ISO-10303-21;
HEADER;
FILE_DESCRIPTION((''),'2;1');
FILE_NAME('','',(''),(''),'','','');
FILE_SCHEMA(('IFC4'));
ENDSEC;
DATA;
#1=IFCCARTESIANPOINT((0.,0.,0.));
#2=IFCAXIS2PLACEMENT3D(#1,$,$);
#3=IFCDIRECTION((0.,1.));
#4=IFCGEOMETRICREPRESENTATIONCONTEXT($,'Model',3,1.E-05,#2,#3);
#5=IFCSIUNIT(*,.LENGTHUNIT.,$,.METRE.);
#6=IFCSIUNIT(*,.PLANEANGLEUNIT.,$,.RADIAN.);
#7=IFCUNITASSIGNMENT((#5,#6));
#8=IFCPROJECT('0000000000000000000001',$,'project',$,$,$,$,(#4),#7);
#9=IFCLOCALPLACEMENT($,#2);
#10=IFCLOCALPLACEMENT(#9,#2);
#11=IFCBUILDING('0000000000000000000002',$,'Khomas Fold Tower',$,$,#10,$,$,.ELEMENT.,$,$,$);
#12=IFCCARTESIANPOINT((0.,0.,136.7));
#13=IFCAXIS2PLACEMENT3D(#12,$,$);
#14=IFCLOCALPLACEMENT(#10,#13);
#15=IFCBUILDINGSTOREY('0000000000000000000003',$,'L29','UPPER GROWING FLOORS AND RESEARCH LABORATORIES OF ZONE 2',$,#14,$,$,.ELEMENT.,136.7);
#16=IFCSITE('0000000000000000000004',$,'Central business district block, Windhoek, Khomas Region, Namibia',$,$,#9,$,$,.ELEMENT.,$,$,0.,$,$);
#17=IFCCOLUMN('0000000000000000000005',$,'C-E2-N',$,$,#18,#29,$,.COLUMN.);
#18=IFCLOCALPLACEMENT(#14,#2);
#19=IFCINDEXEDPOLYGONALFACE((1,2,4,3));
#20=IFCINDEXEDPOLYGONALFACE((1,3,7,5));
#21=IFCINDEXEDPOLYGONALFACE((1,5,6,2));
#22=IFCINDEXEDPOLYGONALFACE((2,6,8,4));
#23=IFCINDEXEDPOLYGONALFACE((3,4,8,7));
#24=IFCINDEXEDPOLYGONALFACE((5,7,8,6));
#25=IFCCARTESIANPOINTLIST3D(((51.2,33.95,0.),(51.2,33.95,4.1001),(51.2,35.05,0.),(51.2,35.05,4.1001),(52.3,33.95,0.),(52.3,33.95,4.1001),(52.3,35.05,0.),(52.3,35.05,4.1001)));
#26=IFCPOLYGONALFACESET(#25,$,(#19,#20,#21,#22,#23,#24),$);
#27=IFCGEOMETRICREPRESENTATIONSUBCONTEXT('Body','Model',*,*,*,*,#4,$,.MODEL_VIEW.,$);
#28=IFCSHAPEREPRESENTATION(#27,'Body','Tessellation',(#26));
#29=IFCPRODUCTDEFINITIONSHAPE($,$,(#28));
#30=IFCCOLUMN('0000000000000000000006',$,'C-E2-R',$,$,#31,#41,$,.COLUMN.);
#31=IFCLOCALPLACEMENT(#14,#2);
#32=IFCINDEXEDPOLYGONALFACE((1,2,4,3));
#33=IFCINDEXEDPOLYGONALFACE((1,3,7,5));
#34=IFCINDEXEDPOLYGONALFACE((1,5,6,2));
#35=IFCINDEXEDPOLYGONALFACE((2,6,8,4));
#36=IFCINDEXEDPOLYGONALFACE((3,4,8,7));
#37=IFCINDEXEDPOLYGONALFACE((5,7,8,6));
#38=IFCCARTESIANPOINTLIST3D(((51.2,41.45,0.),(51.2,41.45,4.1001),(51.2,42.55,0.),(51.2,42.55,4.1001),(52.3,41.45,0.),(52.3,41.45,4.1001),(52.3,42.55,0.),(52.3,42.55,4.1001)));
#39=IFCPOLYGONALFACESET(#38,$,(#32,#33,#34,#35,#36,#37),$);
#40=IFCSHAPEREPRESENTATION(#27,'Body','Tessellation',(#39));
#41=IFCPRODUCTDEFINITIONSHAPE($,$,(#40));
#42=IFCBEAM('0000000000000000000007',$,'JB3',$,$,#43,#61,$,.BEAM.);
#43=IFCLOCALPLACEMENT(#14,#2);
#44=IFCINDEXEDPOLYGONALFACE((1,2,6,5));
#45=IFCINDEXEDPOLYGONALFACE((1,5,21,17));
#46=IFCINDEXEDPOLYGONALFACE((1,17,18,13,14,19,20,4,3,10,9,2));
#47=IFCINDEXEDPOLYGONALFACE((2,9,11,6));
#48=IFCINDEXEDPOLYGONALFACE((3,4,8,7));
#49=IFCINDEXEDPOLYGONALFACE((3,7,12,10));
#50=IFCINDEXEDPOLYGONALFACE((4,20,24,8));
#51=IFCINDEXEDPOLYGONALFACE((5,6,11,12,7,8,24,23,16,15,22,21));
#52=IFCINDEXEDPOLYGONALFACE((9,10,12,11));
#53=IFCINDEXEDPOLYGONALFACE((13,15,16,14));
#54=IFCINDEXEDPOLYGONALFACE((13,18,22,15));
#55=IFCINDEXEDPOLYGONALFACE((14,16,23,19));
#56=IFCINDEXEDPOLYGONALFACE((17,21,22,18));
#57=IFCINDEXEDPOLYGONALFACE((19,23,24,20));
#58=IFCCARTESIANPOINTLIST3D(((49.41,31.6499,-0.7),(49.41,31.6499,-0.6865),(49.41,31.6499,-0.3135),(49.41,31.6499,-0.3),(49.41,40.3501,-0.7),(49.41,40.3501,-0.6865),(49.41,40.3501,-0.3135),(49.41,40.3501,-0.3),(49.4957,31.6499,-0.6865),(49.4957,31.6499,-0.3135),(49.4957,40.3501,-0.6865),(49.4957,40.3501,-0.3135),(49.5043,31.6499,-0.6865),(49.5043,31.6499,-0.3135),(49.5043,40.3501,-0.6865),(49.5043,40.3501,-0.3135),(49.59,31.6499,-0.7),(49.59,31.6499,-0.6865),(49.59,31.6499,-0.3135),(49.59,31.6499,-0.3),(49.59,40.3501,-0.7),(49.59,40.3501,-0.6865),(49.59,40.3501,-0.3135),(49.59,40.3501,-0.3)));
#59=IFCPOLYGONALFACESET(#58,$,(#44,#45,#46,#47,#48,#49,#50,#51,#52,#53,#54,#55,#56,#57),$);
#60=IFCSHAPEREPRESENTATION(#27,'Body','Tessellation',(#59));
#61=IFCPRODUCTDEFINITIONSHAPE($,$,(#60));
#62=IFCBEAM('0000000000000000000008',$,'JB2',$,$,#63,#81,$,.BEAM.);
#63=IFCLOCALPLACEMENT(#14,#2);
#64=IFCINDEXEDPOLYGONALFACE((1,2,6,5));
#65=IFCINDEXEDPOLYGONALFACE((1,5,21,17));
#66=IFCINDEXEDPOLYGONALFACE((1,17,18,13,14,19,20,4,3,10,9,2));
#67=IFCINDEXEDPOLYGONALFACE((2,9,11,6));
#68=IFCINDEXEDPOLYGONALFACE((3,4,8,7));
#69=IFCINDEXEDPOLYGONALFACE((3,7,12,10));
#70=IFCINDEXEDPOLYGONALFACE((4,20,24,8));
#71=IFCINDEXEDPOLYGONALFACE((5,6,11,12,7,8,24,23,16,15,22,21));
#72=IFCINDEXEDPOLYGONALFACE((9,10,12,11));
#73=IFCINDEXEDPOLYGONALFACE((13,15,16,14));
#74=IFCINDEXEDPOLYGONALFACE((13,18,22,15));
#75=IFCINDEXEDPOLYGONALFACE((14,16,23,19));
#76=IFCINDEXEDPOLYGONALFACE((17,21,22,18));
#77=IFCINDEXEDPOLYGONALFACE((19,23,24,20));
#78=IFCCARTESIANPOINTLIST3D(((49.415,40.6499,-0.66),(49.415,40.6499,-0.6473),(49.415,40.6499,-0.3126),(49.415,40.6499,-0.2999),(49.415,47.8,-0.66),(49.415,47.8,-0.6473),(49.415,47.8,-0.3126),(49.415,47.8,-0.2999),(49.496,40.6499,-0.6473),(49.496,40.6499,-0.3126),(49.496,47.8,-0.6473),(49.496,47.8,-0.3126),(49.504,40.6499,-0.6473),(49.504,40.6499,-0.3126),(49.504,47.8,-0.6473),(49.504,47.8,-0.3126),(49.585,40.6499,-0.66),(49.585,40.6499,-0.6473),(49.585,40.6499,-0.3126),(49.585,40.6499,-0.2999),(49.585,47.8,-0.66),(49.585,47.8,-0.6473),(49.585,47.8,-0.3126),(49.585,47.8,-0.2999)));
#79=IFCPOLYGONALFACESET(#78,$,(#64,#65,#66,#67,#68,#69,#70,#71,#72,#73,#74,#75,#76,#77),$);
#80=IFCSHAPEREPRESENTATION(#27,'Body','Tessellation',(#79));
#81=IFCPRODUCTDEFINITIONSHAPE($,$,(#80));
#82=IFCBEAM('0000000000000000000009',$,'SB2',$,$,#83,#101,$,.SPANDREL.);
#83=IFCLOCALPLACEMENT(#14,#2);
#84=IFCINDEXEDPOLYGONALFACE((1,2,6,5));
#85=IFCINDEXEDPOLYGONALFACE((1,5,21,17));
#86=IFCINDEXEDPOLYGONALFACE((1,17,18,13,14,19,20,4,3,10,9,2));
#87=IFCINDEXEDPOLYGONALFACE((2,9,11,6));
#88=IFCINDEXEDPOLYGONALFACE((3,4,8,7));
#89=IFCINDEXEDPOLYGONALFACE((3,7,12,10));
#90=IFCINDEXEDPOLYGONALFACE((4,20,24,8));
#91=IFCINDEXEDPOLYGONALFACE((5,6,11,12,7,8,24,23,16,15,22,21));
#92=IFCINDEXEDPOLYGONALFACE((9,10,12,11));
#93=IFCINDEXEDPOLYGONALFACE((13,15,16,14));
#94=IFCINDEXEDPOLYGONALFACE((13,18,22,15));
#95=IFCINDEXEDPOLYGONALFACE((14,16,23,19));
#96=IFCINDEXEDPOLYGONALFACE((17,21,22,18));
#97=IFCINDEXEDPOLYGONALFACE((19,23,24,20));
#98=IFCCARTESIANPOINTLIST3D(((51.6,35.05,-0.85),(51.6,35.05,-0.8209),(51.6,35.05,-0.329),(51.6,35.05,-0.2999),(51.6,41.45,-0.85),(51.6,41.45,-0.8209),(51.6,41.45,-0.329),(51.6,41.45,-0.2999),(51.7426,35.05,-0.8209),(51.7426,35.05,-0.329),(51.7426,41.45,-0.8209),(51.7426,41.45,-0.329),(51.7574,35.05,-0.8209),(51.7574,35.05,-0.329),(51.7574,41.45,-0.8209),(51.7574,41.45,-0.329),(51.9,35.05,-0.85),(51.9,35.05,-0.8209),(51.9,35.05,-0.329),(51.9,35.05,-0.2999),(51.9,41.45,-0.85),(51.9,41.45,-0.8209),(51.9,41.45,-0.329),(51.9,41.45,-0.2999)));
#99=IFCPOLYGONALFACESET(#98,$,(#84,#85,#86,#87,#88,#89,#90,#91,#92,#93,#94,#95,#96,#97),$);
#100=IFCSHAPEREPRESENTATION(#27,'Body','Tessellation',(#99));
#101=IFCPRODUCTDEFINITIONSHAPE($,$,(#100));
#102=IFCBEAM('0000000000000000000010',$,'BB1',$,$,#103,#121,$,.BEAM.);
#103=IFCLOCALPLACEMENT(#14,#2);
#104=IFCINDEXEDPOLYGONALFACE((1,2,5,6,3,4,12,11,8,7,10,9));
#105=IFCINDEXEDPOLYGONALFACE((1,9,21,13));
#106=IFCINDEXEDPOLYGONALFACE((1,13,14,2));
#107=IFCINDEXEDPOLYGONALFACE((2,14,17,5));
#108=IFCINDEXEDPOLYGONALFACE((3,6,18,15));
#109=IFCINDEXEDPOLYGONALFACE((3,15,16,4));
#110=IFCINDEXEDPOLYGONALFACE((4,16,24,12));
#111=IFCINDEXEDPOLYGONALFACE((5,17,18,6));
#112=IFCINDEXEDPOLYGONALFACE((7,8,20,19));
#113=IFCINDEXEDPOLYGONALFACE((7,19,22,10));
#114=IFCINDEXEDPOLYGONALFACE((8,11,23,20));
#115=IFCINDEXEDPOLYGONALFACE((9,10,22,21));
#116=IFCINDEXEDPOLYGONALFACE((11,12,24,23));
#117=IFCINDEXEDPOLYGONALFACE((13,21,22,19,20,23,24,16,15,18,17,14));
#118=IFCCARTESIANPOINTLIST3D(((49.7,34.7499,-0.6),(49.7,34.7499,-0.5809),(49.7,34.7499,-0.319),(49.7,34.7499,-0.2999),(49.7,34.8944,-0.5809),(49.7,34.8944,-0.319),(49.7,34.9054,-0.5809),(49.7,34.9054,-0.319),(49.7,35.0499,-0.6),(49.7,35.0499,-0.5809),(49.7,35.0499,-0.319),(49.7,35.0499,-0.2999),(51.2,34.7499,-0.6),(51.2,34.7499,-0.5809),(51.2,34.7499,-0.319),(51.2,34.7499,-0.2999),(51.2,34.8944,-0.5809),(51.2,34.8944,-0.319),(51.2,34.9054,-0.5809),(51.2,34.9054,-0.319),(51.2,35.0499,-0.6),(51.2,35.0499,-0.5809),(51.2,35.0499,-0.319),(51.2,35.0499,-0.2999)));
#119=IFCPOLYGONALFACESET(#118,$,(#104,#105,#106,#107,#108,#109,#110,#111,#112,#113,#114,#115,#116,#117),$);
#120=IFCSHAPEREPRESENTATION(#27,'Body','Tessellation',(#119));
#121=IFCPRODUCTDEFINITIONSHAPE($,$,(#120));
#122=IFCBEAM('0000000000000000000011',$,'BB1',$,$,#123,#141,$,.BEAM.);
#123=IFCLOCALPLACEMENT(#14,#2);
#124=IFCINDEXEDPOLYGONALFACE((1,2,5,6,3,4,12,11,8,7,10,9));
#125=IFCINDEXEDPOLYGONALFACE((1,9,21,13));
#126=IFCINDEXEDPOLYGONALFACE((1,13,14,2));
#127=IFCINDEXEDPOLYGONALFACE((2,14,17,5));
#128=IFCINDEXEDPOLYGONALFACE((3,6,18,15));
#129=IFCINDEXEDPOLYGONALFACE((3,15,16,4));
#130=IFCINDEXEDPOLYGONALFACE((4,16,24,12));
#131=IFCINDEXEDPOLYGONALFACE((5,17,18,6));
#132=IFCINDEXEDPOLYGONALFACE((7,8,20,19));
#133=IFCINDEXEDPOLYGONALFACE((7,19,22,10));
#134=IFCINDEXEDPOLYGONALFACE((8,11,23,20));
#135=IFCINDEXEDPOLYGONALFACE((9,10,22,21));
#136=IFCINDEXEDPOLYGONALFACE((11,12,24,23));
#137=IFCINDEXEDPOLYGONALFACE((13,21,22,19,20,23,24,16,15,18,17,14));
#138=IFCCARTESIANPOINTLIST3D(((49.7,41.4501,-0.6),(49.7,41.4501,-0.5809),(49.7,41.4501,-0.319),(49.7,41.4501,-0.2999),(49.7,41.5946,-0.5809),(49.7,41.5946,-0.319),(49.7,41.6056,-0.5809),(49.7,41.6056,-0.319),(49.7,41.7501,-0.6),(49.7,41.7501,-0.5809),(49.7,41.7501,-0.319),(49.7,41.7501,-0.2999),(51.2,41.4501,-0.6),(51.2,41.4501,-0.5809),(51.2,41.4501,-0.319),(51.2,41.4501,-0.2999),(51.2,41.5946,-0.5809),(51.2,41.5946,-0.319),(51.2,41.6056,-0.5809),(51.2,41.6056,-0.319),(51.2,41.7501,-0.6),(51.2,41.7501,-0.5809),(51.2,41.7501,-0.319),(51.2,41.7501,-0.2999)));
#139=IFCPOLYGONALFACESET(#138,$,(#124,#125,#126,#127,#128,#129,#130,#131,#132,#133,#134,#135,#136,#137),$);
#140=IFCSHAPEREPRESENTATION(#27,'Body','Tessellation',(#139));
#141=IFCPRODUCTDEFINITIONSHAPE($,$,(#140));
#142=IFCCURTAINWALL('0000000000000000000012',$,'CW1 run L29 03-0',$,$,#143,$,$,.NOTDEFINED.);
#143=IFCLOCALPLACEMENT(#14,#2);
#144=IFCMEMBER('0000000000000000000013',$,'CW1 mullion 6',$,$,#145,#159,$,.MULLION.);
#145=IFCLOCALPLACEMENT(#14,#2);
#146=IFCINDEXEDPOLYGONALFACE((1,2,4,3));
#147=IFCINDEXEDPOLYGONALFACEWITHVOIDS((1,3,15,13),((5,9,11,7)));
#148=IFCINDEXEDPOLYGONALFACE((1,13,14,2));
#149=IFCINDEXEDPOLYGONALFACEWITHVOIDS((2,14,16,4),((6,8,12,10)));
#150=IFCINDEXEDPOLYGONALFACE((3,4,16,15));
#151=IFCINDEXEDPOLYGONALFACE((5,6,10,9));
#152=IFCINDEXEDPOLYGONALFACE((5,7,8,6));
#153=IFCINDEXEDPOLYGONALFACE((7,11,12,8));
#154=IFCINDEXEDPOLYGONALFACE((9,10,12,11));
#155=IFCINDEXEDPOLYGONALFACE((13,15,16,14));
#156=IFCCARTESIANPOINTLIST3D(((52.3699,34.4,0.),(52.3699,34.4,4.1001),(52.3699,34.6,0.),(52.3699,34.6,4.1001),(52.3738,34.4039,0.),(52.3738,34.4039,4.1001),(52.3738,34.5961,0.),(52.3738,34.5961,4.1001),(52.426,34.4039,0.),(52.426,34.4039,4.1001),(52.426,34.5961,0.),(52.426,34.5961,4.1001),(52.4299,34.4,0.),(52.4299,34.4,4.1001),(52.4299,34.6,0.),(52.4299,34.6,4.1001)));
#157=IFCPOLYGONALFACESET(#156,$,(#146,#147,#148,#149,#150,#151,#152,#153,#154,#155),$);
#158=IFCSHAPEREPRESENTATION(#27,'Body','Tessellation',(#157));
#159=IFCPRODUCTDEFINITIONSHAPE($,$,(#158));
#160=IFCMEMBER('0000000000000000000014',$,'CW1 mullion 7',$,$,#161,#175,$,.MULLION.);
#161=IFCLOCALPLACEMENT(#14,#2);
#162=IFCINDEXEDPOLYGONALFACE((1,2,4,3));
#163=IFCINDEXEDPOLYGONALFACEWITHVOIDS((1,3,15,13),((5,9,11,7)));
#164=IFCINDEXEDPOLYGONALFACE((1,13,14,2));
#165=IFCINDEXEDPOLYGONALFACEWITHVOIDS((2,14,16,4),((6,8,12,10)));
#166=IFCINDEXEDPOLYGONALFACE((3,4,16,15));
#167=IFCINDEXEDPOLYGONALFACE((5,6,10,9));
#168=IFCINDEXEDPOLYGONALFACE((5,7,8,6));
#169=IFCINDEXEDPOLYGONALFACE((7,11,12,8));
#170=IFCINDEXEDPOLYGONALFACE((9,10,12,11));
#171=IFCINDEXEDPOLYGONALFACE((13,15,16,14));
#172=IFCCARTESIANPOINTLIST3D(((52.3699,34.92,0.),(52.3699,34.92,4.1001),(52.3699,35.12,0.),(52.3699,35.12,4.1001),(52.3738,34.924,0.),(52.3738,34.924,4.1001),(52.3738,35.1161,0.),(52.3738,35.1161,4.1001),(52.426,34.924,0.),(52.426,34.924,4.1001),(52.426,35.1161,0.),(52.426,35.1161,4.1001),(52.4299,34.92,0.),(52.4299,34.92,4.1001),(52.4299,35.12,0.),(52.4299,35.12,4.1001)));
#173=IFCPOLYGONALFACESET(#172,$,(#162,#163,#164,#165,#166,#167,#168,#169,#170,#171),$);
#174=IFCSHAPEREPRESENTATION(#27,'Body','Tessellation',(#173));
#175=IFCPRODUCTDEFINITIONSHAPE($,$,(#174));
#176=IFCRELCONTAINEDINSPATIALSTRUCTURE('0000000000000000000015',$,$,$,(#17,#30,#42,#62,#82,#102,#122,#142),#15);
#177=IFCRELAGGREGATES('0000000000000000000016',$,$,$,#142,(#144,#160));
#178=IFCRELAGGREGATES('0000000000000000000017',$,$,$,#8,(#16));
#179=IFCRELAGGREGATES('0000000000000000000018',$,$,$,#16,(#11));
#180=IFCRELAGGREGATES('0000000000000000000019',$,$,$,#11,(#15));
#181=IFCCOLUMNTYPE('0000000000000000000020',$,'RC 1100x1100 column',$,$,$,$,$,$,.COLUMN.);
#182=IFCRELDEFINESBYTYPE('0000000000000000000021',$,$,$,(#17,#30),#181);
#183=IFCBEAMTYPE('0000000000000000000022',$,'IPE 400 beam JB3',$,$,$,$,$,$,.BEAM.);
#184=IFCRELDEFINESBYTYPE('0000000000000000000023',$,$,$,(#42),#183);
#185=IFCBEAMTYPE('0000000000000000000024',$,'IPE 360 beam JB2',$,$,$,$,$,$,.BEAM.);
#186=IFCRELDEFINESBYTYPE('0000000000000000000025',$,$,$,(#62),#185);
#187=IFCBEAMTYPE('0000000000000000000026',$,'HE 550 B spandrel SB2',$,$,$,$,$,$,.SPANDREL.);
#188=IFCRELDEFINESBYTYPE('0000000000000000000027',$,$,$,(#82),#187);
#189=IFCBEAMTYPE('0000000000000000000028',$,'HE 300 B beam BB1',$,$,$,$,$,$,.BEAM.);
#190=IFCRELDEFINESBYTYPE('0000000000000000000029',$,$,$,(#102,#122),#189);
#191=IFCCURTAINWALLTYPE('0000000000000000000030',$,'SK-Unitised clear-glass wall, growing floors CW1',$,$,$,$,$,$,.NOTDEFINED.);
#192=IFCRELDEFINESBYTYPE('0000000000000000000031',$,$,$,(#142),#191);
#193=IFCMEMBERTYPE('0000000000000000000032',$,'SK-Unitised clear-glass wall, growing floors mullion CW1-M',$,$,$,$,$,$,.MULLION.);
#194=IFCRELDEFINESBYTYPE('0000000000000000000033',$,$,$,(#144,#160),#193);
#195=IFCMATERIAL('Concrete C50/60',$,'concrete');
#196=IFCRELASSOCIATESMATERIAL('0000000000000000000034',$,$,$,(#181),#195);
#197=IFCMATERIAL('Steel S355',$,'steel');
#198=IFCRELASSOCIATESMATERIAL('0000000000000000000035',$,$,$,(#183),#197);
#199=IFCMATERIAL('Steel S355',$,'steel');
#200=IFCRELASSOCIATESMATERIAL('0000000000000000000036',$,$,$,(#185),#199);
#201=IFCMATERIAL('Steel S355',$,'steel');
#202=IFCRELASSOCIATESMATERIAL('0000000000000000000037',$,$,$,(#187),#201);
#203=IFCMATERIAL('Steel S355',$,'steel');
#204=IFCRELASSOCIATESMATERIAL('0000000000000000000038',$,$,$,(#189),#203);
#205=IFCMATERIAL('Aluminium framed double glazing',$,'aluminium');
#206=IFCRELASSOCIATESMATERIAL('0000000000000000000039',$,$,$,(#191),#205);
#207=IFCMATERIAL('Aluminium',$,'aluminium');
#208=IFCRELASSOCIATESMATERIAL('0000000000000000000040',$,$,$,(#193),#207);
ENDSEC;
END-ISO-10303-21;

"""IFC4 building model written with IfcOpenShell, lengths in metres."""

from ifc_helpers import new_model, si_unit, direction, frame, origin, origin_2d, place, context, subcontext, project, spatial, rectangle, hollow_rectangle, i_section, extrude, source, transform, mapped, material, material_profile, profile_set, type_object, element, aggregate, save


model = new_model("IFC4")

# Units and contexts
model_context = context("Model", 3, precision=1e-05, world=origin(), true_north=direction((0.0, 1.0)))
body_context = subcontext(model_context, "Body", "Model", "MODEL_VIEW")
ifc_project = project(units=[si_unit("LENGTHUNIT", "METRE"), si_unit("PLANEANGLEUNIT", "RADIAN")], contexts=[model_context])

# Site, building, storey
site_placement = place(None, origin())
site = spatial("IfcSite", under=ifc_project, at=site_placement, Name="Central business district block, Windhoek, Khomas Region, Namibia", CompositionType="ELEMENT", RefElevation=0.0)
building_placement = place(site_placement, origin())
building = spatial("IfcBuilding", under=site, at=building_placement, Name="Khomas Fold Tower", CompositionType="ELEMENT")
storey_placement = place(building_placement, frame((0.0, 0.0, 136.7)))
storey = spatial("IfcBuildingStorey", under=building, at=storey_placement, Name="L29", Description="UPPER GROWING FLOORS AND RESEARCH LABORATORIES OF ZONE 2", CompositionType="ELEMENT", Elevation=136.7)

# Columns
ifc_material_1 = material(Name="Concrete C50/60", Category="concrete")
ifc_material_profile_1 = material_profile(ifc_material_1, rectangle(XDim=1.1001, YDim=1.1001, at=origin_2d()), Name="RC 1100x1100")
ifc_profile_set_1 = profile_set([ifc_material_profile_1], Name="Concrete C50/60")
column_type = type_object("IfcColumnType", Name="RC 1100x1100 column", PredefinedType="COLUMN", material=ifc_profile_set_1)
shared_shape_1 = source(origin(), body_context, "Body", "SweptSolid", [
    extrude(rectangle(XDim=1.1001, YDim=1.1001, at=origin_2d()), origin(), (0.0, 0.0, 1.0), 4.1001),
])
for number, where, z_axis, x_axis, name in (
    (1, (51.75, 34.5, 0.0), (0.0, 0.0, 1.0), (1.0, 0.0, 0.0), "C-E2-N"),
    (2, (51.75, 42.0, 0.0), (0.0, 0.0, 1.0), (1.0, 0.0, 0.0), "C-E2-R"),
):
    element("IfcColumn", number, at=place(storey_placement, frame(where, z_axis=z_axis, x_axis=x_axis)), inside=storey, type_object=column_type, Name=name, PredefinedType="COLUMN", context=body_context, shape_type="MappedRepresentation", body=[
        mapped(shared_shape_1, transform((0.0, 0.0, 0.0))),
    ])

# Beams
ifc_material_2 = material(Name="Steel S355", Category="steel")
ifc_material_profile_2 = material_profile(ifc_material_2, i_section(OverallWidth=0.1799, OverallDepth=0.3999, WebThickness=0.0085, FlangeThickness=0.0134, at=origin_2d()), Name="IPE 400")
ifc_profile_set_2 = profile_set([ifc_material_profile_2], Name="Steel S355")
beam_type_1 = type_object("IfcBeamType", Name="IPE 400 beam JB3", PredefinedType="BEAM", material=ifc_profile_set_2)
shared_shape_2 = source(origin(), body_context, "Body", "SweptSolid", [
    extrude(i_section(OverallWidth=0.1799, OverallDepth=0.3999, WebThickness=0.0085, FlangeThickness=0.0134, at=origin_2d()), origin(), (0.0, 0.0, 1.0), 8.7002),
])
beam_1_placement = place(storey_placement, frame((49.5, 31.6499, -0.5), z_axis=(0.0, 1.0, 0.0), x_axis=(-1.0, 0.0, 0.0)))
element("IfcBeam", 3, at=beam_1_placement, inside=storey, type_object=beam_type_1, Name="JB3", PredefinedType="BEAM", context=body_context, shape_type="MappedRepresentation", body=[
    mapped(shared_shape_2, transform((0.0, 0.0, 0.0))),
])
ifc_material_3 = material(Name="Steel S355", Category="steel")
ifc_material_profile_3 = material_profile(ifc_material_3, i_section(OverallWidth=0.1699, OverallDepth=0.3601, WebThickness=0.0081, FlangeThickness=0.0127, at=origin_2d()), Name="IPE 360")
ifc_profile_set_3 = profile_set([ifc_material_profile_3], Name="Steel S355")
beam_type_2 = type_object("IfcBeamType", Name="IPE 360 beam JB2", PredefinedType="BEAM", material=ifc_profile_set_3)
shared_shape_3 = source(origin(), body_context, "Body", "SweptSolid", [
    extrude(i_section(OverallWidth=0.1699, OverallDepth=0.3601, WebThickness=0.0081, FlangeThickness=0.0127, at=origin_2d()), origin(), (0.0, 0.0, 1.0), 7.1501),
])
beam_2_placement = place(storey_placement, frame((49.5, 40.6499, -0.48), z_axis=(0.0, 1.0, 0.0), x_axis=(-1.0, 0.0, 0.0)))
element("IfcBeam", 4, at=beam_2_placement, inside=storey, type_object=beam_type_2, Name="JB2", PredefinedType="BEAM", context=body_context, shape_type="MappedRepresentation", body=[
    mapped(shared_shape_3, transform((0.0, 0.0, 0.0))),
])
ifc_material_4 = material(Name="Steel S355", Category="steel")
ifc_material_profile_4 = material_profile(ifc_material_4, i_section(OverallWidth=0.3, OverallDepth=0.55, WebThickness=0.0149, FlangeThickness=0.0291, at=origin_2d()), Name="HE 550 B")
ifc_profile_set_4 = profile_set([ifc_material_profile_4], Name="Steel S355")
beam_type_3 = type_object("IfcBeamType", Name="HE 550 B spandrel SB2", PredefinedType="SPANDREL", material=ifc_profile_set_4)
shared_shape_4 = source(origin(), body_context, "Body", "SweptSolid", [
    extrude(i_section(OverallWidth=0.3, OverallDepth=0.55, WebThickness=0.0149, FlangeThickness=0.0291, at=origin_2d()), origin(), (0.0, 0.0, 1.0), 6.3999),
])
beam_3_placement = place(storey_placement, frame((51.75, 35.05, -0.575), z_axis=(0.0, 1.0, 0.0), x_axis=(-1.0, 0.0, 0.0)))
element("IfcBeam", 5, at=beam_3_placement, inside=storey, type_object=beam_type_3, Name="SB2", PredefinedType="SPANDREL", context=body_context, shape_type="MappedRepresentation", body=[
    mapped(shared_shape_4, transform((0.0, 0.0, 0.0))),
])
ifc_material_5 = material(Name="Steel S355", Category="steel")
ifc_material_profile_5 = material_profile(ifc_material_5, i_section(OverallWidth=0.3, OverallDepth=0.3, WebThickness=0.011, FlangeThickness=0.019, at=origin_2d()), Name="HE 300 B")
ifc_profile_set_5 = profile_set([ifc_material_profile_5], Name="Steel S355")
beam_type_4 = type_object("IfcBeamType", Name="HE 300 B beam BB1", PredefinedType="BEAM", material=ifc_profile_set_5)
shared_shape_5 = source(origin(), body_context, "Body", "SweptSolid", [
    extrude(i_section(OverallWidth=0.3, OverallDepth=0.3, WebThickness=0.011, FlangeThickness=0.019, at=origin_2d()), origin(), (0.0, 0.0, 1.0), 1.5),
])
for number, where, z_axis, x_axis, name in (
    (6, (49.7, 34.8999, -0.45), (1.0, 0.0, 0.0), (0.0, 1.0, 0.0), "BB1"),
    (7, (49.7, 41.6001, -0.45), (1.0, 0.0, 0.0), (0.0, 1.0, 0.0), "BB1"),
):
    element("IfcBeam", number, at=place(storey_placement, frame(where, z_axis=z_axis, x_axis=x_axis)), inside=storey, type_object=beam_type_4, Name=name, PredefinedType="BEAM", context=body_context, shape_type="MappedRepresentation", body=[
        mapped(shared_shape_5, transform((0.0, 0.0, 0.0))),
    ])

# Curtain wall, members
ifc_material_6 = material(Name="Aluminium framed double glazing", Category="aluminium")
curtain_wall_type = type_object("IfcCurtainWallType", Name="SK-Unitised clear-glass wall, growing floors CW1", PredefinedType="NOTDEFINED", material=ifc_material_6)
curtain_wall_1_placement = place(storey_placement, origin())
curtain_wall_1 = element("IfcCurtainWall", 8, at=curtain_wall_1_placement, inside=storey, type_object=curtain_wall_type, Name="CW1 run L29 03-0", PredefinedType="NOTDEFINED")
ifc_material_7 = material(Name="Aluminium", Category="aluminium")
ifc_material_profile_6 = material_profile(ifc_material_7, hollow_rectangle(XDim=0.0601, YDim=0.2, WallThickness=0.0039, at=origin_2d()), Name="SK-Unitised clear-glass wall, growing floors mullion CW1-M")
ifc_profile_set_6 = profile_set([ifc_material_profile_6], Name="Aluminium")
member_type_1 = type_object("IfcMemberType", Name="SK-Unitised clear-glass wall, growing floors mullion CW1-M", PredefinedType="MULLION", material=ifc_profile_set_6)
shared_shape_6 = source(origin(), body_context, "Body", "SweptSolid", [
    extrude(hollow_rectangle(XDim=0.0601, YDim=0.2, WallThickness=0.0039, at=origin_2d()), origin(), (0.0, 0.0, 1.0), 4.1001),
])
member_1_placement = place(storey_placement, frame((52.3999, 34.5, 0.0), z_axis=(0.0, 0.0, 1.0), x_axis=(-1.0, 0.0, 0.0)))
member_1 = element("IfcMember", 9, at=member_1_placement, type_object=member_type_1, Name="CW1 mullion 6", PredefinedType="MULLION", context=body_context, shape_type="MappedRepresentation", body=[
    mapped(shared_shape_6, transform((0.0, 0.0, 0.0))),
])
member_2_placement = place(storey_placement, frame((52.3999, 35.02, 0.0), z_axis=(0.0, 0.0, 1.0), x_axis=(-1.0, 0.0, 0.0)))
member_2 = element("IfcMember", 10, at=member_2_placement, type_object=member_type_1, Name="CW1 mullion 7", PredefinedType="MULLION", context=body_context, shape_type="MappedRepresentation", body=[
    mapped(shared_shape_6, transform((0.0, 0.0, 0.0))),
])

aggregate(curtain_wall_1, [member_1, member_2])

save(model, "model.ifc")
